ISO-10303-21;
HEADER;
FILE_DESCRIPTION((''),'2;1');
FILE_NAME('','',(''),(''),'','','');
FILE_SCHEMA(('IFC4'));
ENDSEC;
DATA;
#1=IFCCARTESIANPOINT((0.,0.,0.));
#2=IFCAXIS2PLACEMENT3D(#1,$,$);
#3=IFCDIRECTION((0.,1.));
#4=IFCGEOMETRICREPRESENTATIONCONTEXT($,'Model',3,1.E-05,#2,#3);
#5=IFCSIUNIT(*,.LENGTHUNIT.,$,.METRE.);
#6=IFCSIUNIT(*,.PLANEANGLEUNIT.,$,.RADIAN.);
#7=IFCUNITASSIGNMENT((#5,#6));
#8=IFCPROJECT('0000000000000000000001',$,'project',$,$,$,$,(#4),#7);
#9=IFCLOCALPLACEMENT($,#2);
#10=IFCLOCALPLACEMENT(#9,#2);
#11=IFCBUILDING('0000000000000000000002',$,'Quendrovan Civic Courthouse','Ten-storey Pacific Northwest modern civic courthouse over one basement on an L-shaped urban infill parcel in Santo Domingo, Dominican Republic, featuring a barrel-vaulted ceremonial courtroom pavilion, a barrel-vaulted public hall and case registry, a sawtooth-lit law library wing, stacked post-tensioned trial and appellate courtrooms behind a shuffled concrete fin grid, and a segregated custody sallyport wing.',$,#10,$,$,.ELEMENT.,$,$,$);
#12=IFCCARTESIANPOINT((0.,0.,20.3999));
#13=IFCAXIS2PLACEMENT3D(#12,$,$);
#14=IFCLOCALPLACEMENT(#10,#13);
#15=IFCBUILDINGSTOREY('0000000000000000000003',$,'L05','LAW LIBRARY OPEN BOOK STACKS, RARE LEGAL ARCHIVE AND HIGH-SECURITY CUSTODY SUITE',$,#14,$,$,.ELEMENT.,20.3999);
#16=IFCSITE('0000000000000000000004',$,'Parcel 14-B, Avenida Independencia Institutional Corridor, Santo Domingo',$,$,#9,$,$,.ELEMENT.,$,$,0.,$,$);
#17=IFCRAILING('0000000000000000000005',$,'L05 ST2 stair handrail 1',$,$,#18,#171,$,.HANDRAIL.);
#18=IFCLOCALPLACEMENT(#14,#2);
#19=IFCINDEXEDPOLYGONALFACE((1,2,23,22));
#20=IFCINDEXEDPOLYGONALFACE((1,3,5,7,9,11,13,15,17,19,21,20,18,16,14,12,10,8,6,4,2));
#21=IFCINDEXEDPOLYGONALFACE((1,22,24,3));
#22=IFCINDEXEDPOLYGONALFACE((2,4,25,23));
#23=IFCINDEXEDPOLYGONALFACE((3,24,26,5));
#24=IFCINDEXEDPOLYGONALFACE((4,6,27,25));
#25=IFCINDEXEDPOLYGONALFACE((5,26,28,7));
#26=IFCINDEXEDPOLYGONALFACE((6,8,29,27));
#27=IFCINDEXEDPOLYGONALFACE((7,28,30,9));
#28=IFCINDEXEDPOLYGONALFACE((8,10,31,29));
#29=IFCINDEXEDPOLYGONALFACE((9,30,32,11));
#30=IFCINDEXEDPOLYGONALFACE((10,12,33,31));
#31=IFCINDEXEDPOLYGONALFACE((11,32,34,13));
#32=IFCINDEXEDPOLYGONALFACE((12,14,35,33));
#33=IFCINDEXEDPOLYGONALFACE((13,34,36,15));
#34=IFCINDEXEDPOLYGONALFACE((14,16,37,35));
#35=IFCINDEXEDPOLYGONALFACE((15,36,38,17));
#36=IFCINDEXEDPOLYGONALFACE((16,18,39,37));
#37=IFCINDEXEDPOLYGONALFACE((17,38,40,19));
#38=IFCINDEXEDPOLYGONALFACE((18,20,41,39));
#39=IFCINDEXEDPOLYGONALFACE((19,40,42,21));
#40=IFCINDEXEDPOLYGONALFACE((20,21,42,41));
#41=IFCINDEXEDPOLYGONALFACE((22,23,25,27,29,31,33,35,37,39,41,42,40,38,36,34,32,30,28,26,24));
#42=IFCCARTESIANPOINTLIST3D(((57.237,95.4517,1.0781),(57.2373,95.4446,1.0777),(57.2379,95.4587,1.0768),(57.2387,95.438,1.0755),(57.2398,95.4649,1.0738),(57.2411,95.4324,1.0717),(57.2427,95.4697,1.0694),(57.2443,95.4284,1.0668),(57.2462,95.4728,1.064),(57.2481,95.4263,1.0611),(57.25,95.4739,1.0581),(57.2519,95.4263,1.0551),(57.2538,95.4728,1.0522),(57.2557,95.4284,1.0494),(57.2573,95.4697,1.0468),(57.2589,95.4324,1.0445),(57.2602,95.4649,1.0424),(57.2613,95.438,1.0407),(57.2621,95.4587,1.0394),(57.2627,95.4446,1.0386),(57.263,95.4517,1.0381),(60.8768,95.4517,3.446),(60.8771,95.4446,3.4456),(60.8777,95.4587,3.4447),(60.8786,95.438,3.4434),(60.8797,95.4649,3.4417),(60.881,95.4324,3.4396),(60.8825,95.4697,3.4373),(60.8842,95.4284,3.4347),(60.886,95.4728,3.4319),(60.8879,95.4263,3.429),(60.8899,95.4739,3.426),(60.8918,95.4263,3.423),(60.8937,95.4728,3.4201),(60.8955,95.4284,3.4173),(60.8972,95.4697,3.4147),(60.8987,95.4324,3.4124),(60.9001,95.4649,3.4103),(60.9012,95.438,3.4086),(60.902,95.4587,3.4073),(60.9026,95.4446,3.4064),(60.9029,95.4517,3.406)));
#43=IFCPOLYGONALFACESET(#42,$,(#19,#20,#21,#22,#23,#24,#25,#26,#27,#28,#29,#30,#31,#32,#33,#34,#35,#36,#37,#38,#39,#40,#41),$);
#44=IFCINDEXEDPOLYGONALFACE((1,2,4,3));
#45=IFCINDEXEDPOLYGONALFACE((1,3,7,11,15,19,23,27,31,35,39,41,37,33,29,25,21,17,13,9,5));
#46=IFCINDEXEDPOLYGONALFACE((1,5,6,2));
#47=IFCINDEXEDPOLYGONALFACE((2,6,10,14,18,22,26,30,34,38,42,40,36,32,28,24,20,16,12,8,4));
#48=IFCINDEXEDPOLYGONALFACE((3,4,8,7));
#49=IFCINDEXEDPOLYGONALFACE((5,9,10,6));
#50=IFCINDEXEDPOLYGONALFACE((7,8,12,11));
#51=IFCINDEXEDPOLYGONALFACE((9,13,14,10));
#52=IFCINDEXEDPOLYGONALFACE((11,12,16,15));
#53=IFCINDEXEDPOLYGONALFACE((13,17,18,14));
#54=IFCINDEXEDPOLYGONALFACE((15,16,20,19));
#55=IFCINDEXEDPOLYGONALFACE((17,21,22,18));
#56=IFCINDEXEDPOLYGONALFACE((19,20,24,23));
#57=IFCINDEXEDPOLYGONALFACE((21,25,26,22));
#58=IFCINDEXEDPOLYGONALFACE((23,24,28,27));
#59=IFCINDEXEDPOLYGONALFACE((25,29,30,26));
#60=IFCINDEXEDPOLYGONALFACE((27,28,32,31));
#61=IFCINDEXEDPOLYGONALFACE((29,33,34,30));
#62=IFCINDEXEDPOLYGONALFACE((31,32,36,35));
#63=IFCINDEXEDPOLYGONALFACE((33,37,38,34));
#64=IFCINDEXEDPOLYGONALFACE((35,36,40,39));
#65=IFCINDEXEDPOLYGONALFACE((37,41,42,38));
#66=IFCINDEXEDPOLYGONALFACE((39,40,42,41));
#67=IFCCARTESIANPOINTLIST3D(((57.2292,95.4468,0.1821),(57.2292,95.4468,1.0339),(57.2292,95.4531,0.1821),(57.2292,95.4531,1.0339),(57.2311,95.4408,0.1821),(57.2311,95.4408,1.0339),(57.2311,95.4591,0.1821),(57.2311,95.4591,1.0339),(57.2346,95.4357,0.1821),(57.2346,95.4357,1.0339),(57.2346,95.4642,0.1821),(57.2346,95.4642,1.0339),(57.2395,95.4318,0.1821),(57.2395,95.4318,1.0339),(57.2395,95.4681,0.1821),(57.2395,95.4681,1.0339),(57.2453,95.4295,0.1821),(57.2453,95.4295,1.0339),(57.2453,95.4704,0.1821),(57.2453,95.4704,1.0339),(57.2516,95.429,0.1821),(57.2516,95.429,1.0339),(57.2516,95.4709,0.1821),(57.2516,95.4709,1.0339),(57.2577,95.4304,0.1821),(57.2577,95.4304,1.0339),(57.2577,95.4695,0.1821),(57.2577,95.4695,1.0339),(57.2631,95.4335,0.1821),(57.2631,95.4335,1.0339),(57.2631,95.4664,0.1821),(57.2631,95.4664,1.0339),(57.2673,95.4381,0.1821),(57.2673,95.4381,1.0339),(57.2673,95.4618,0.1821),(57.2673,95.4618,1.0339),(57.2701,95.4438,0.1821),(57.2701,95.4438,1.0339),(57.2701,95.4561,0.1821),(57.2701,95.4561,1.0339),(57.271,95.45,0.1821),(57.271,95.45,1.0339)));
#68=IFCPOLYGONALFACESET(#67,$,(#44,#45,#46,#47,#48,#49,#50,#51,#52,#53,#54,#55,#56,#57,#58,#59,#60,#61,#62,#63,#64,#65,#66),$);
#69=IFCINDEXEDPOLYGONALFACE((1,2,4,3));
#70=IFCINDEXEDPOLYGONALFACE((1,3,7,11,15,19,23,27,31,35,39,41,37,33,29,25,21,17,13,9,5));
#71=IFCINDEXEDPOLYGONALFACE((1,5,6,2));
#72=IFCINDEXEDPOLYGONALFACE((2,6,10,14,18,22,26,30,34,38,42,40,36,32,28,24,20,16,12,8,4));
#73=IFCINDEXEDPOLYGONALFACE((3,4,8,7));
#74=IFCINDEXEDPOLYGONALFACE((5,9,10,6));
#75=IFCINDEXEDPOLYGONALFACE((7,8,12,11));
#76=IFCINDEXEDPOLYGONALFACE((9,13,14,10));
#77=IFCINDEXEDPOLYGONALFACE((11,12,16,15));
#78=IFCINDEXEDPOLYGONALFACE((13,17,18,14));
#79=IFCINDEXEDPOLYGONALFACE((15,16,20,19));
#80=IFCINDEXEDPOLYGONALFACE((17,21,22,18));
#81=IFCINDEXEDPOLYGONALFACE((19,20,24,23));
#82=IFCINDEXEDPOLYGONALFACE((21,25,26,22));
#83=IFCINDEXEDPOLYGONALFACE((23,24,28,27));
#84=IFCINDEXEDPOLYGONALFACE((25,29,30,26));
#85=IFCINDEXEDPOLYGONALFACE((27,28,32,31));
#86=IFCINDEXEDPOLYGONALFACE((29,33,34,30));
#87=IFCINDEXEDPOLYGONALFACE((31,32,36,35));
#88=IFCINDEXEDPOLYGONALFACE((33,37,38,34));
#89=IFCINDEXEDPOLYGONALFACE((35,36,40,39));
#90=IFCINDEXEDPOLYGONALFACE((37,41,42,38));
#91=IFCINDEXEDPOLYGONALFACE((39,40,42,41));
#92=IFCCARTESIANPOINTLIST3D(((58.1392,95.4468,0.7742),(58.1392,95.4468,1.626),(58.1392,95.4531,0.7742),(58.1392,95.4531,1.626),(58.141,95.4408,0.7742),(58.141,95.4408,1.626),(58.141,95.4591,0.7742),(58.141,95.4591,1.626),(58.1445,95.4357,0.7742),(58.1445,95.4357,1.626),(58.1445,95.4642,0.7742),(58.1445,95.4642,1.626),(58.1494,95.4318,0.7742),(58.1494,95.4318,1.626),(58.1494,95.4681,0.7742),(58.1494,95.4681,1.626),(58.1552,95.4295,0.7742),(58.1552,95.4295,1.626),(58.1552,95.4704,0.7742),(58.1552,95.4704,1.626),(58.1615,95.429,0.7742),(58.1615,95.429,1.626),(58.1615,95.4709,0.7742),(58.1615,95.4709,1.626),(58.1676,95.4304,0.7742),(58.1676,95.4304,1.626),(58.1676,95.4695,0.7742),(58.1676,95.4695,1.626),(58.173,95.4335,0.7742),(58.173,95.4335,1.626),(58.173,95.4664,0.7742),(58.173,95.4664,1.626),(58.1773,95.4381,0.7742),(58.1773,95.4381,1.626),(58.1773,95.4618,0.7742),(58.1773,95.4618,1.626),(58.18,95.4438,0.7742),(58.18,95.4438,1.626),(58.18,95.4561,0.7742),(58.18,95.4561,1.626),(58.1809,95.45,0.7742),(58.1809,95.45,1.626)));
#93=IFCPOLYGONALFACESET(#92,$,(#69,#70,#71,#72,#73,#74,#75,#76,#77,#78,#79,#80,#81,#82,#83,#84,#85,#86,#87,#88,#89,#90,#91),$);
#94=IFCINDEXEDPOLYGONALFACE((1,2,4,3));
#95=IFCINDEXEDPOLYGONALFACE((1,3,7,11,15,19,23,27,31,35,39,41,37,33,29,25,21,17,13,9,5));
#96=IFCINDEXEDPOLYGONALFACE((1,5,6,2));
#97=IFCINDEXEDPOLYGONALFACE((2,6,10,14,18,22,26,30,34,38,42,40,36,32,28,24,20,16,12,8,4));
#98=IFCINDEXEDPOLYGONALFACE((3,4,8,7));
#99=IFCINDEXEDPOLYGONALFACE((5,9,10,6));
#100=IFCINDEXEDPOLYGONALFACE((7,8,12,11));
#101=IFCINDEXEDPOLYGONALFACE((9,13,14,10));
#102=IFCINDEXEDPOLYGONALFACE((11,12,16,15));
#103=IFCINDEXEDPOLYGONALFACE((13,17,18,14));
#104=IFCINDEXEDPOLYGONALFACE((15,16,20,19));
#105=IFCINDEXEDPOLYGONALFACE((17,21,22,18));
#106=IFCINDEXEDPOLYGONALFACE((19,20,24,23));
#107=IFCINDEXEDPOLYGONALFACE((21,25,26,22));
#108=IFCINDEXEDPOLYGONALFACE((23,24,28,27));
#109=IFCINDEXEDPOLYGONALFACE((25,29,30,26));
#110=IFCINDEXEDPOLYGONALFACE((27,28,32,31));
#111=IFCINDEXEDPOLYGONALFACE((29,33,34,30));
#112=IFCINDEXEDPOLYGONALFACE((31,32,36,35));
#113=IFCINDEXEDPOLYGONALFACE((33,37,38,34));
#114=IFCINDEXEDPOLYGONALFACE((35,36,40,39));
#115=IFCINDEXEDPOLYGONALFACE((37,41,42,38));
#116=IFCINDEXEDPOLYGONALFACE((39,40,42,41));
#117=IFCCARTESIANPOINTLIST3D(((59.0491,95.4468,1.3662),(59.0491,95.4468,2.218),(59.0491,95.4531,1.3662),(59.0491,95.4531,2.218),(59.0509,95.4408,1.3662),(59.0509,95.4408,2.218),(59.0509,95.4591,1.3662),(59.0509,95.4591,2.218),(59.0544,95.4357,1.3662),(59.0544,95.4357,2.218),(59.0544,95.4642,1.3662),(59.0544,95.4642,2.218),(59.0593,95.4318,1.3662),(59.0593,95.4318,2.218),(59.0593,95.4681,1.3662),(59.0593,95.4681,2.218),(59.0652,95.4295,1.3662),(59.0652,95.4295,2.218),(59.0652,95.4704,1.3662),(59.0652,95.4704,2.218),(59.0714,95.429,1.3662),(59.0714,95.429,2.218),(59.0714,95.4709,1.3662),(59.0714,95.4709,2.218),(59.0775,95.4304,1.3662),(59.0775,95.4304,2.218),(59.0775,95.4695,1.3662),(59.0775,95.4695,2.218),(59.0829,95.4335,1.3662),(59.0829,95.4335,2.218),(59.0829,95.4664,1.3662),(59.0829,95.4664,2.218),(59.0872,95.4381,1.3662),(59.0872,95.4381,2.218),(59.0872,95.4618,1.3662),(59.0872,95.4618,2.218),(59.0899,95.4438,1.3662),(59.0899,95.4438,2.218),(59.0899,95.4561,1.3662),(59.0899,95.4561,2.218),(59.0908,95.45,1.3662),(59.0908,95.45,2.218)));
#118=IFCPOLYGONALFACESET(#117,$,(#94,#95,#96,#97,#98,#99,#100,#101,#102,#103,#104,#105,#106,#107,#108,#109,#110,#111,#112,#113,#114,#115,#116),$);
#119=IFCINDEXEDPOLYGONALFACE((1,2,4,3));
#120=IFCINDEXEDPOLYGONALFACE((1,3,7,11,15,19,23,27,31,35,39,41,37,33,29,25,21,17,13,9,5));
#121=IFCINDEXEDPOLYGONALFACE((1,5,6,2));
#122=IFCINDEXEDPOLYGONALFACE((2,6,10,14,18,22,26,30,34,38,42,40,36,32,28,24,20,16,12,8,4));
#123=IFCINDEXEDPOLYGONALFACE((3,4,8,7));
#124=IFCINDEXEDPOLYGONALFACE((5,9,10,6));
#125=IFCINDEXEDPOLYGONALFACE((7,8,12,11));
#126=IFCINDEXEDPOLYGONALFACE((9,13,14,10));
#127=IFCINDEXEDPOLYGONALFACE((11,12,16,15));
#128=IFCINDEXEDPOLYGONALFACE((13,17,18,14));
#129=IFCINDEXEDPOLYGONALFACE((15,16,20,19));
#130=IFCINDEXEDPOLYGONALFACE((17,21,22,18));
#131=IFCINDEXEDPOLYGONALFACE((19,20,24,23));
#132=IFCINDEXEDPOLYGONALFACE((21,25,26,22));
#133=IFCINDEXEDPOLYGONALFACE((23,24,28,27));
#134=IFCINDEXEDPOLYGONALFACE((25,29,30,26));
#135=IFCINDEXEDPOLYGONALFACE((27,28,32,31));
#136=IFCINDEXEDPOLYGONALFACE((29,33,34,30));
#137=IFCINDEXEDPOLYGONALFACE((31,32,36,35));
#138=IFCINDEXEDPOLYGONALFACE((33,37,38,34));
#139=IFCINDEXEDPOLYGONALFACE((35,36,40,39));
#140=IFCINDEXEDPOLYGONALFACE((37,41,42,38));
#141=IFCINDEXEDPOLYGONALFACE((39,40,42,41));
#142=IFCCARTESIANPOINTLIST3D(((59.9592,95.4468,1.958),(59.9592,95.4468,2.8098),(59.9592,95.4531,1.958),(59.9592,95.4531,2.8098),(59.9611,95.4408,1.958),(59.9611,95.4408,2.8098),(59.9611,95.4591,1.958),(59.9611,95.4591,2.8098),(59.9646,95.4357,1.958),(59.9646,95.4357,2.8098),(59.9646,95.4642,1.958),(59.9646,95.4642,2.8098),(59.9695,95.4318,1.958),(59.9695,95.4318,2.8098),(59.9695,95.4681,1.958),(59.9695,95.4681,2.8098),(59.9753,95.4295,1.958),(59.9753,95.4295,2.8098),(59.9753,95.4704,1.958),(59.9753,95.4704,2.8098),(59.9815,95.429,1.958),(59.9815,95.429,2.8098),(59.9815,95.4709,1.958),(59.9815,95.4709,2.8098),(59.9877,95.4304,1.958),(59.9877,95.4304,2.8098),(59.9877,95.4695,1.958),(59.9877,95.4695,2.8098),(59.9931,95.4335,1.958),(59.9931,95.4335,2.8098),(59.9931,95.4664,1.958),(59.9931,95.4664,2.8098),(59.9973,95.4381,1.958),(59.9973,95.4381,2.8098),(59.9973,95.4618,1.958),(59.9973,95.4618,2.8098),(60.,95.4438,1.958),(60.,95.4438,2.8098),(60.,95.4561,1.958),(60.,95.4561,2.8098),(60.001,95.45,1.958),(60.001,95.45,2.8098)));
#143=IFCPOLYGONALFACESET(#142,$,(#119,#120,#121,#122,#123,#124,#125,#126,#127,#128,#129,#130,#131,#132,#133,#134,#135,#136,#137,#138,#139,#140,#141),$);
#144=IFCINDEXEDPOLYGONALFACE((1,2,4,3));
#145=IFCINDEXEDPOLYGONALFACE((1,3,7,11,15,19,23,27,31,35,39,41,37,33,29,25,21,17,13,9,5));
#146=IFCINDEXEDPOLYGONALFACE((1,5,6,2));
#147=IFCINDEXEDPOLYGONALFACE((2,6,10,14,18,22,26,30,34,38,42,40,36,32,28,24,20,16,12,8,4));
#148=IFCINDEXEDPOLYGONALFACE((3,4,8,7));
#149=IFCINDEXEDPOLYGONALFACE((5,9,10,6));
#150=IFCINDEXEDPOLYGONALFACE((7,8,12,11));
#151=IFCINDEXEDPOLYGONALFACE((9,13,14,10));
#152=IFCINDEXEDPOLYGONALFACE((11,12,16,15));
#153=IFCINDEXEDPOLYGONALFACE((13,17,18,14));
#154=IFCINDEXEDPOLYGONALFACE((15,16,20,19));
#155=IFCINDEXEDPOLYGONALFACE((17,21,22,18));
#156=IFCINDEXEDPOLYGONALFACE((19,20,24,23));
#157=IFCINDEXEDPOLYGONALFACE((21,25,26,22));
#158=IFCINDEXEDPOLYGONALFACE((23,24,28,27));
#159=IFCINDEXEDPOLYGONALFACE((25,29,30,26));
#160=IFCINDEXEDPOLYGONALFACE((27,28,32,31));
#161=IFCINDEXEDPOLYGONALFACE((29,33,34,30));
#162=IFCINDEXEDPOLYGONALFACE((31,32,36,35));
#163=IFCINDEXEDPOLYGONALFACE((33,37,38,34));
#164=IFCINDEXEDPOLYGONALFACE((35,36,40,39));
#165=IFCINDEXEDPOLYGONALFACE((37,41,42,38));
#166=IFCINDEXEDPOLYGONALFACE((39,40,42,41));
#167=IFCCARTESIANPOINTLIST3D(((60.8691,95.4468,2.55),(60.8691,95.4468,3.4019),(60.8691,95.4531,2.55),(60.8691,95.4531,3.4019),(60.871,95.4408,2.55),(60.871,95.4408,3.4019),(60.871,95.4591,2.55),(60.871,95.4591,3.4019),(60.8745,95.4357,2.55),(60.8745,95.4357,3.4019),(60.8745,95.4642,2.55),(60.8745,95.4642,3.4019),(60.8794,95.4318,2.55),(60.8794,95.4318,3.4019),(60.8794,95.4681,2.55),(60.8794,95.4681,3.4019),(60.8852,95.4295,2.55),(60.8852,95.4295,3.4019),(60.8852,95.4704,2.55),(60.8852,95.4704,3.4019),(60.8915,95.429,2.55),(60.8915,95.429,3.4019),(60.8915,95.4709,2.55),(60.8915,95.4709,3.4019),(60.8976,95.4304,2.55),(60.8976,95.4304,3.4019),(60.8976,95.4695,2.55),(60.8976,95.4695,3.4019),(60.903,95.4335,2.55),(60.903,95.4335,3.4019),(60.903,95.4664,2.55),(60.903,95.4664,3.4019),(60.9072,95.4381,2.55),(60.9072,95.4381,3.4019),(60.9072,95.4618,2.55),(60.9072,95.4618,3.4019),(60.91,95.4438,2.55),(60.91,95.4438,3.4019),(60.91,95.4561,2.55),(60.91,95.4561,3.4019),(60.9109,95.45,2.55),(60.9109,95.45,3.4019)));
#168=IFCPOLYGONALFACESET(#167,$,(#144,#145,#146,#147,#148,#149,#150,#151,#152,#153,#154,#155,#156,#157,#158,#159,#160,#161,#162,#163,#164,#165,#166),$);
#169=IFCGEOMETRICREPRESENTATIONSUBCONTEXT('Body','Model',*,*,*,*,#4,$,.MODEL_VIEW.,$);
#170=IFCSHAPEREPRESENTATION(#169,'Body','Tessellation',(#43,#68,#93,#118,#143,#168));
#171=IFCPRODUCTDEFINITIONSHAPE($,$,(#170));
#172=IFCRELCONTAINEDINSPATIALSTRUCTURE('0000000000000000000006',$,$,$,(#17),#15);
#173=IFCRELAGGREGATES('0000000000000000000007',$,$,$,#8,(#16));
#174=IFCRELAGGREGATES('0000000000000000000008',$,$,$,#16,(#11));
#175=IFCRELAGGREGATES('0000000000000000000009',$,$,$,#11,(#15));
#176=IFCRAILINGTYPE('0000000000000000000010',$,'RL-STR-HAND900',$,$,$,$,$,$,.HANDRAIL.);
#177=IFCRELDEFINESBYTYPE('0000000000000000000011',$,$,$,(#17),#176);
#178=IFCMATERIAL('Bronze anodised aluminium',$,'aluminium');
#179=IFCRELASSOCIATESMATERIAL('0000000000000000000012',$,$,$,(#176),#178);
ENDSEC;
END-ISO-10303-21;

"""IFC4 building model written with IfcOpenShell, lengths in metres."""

from ifc_helpers import new_model, si_unit, direction, frame, origin, origin_2d, place, context, subcontext, project, spatial, circle, extrude, material, type_object, element, save


model = new_model("IFC4")

# Units and contexts
model_context = context("Model", 3, precision=1e-05, world=origin(), true_north=direction((0.0, 1.0)))
body_context = subcontext(model_context, "Body", "Model", "MODEL_VIEW")
ifc_project = project(units=[si_unit("LENGTHUNIT", "METRE"), si_unit("PLANEANGLEUNIT", "RADIAN")], contexts=[model_context])

# Site, building, storey
site_placement = place(None, origin())
site = spatial("IfcSite", under=ifc_project, at=site_placement, Name="Parcel 14-B, Avenida Independencia Institutional Corridor, Santo Domingo", CompositionType="ELEMENT", RefElevation=0.0)
building_placement = place(site_placement, origin())
building = spatial("IfcBuilding", under=site, at=building_placement, Name="Quendrovan Civic Courthouse", Description="Ten-storey Pacific Northwest modern civic courthouse over one basement on an L-shaped urban infill parcel in Santo Domingo, Dominican Republic, featuring a barrel-vaulted ceremonial courtroom pavilion, a barrel-vaulted public hall and case registry, a sawtooth-lit law library wing, stacked post-tensioned trial and appellate courtrooms behind a shuffled concrete fin grid, and a segregated custody sallyport wing.", CompositionType="ELEMENT")
storey_placement = place(building_placement, frame((0.0, 0.0, 20.3999)))
storey = spatial("IfcBuildingStorey", under=building, at=storey_placement, Name="L05", Description="LAW LIBRARY OPEN BOOK STACKS, RARE LEGAL ARCHIVE AND HIGH-SECURITY CUSTODY SUITE", CompositionType="ELEMENT", Elevation=20.3999)

# Railing
ifc_material_1 = material(Name="Bronze anodised aluminium", Category="aluminium")
railing_type_1 = type_object("IfcRailingType", Name="RL-STR-HAND900", PredefinedType="HANDRAIL", material=ifc_material_1)
railing_1_placement = place(storey_placement, frame((57.25, 95.45, 0.1821)))
element("IfcRailing", 1, at=railing_1_placement, inside=storey, type_object=railing_type_1, Name="L05 ST2 stair handrail 1", PredefinedType="HANDRAIL", context=body_context, shape_type="SweptSolid", body=[
    extrude(circle(Radius=0.0239, at=origin_2d()), frame((0.0, 0.0, 0.876), z_axis=(0.838234, 0.0, 0.54531), x_axis=(0.0, 1.0, 0.0)), (0.0, 0.0, 1.0), 4.3423),
    extrude(circle(Radius=0.021, at=origin_2d()), origin(), (0.0, 0.0, 1.0), 0.8518),
    extrude(circle(Radius=0.021, at=origin_2d()), frame((0.9099, 0.0, 0.592)), (0.0, 0.0, 1.0), 0.8518),
    extrude(circle(Radius=0.021, at=origin_2d()), frame((1.8198, 0.0, 1.1841)), (0.0, 0.0, 1.0), 0.8518),
    extrude(circle(Radius=0.021, at=origin_2d()), frame((2.73, 0.0, 1.7759)), (0.0, 0.0, 1.0), 0.8518),
    extrude(circle(Radius=0.021, at=origin_2d()), frame((3.6399, 0.0, 2.3679)), (0.0, 0.0, 1.0), 0.8518),
])

save(model, "model.ifc")
